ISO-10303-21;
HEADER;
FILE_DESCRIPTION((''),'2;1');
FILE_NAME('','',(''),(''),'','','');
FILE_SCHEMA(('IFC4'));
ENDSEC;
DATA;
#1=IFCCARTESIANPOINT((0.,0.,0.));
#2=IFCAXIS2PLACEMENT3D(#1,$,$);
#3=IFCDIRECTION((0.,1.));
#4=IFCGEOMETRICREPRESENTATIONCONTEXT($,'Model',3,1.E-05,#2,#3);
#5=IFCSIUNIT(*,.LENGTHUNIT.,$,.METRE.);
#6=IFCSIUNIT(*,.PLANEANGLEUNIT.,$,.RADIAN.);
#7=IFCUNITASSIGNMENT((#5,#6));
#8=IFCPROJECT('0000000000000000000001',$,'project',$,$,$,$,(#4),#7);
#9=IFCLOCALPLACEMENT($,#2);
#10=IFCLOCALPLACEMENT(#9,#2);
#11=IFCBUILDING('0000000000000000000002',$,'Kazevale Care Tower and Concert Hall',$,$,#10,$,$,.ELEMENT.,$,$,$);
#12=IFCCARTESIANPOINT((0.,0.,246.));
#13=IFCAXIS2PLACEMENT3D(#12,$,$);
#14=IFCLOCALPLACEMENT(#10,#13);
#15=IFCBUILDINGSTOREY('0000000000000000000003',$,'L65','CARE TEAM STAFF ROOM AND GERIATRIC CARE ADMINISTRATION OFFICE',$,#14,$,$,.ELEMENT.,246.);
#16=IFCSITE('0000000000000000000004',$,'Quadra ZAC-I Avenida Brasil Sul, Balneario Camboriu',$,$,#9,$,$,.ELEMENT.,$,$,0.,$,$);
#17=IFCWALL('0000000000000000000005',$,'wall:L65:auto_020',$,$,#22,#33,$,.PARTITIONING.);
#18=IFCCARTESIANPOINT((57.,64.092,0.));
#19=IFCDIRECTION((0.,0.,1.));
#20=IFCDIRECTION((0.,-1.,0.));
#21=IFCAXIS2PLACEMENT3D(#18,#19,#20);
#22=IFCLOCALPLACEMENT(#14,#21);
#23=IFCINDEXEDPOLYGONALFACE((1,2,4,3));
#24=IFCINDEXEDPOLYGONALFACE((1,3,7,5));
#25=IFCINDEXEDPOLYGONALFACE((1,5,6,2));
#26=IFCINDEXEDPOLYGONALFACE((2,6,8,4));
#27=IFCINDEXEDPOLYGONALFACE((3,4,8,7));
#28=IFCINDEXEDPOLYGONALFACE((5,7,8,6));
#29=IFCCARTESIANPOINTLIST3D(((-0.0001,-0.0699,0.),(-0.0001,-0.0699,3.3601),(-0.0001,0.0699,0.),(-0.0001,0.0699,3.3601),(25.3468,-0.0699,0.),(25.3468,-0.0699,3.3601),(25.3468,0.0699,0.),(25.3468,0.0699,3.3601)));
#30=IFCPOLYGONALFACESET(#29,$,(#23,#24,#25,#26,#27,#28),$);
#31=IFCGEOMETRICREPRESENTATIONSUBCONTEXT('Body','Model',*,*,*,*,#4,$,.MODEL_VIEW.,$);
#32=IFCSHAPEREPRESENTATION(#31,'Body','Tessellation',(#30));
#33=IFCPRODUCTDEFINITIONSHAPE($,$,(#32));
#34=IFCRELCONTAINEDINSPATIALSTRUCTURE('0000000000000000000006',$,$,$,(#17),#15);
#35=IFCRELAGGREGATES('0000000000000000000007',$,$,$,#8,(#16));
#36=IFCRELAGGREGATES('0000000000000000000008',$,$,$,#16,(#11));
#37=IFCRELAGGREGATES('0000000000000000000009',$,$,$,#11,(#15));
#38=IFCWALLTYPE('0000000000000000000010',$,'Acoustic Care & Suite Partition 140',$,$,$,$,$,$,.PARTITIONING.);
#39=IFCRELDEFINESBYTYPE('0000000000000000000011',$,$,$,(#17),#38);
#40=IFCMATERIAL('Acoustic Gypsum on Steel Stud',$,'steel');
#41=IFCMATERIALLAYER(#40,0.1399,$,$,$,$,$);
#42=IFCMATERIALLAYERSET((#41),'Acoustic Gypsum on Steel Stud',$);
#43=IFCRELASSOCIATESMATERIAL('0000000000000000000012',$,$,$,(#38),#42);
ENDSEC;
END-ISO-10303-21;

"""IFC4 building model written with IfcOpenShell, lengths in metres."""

from ifc_helpers import new_model, si_unit, direction, frame, frame_2d, origin, place, context, subcontext, project, spatial, rectangle, extrude, material, layer, layer_set, type_object, element, save


model = new_model("IFC4")

# Units and contexts
model_context = context("Model", 3, precision=1e-05, world=origin(), true_north=direction((0.0, 1.0)))
body_context = subcontext(model_context, "Body", "Model", "MODEL_VIEW")
ifc_project = project(units=[si_unit("LENGTHUNIT", "METRE"), si_unit("PLANEANGLEUNIT", "RADIAN")], contexts=[model_context])

# Site, building, storey
site_placement = place(None, origin())
site = spatial("IfcSite", under=ifc_project, at=site_placement, Name="Quadra ZAC-I Avenida Brasil Sul, Balneario Camboriu", CompositionType="ELEMENT", RefElevation=0.0)
building_placement = place(site_placement, origin())
building = spatial("IfcBuilding", under=site, at=building_placement, Name="Kazevale Care Tower and Concert Hall", CompositionType="ELEMENT")
storey_placement = place(building_placement, frame((0.0, 0.0, 246.0)))
storey = spatial("IfcBuildingStorey", under=building, at=storey_placement, Name="L65", Description="CARE TEAM STAFF ROOM AND GERIATRIC CARE ADMINISTRATION OFFICE", CompositionType="ELEMENT", Elevation=246.0)

# Wall
ifc_material_1 = material(Name="Acoustic Gypsum on Steel Stud", Category="steel")
ifc_layer_1 = layer(ifc_material_1, 0.1399)
ifc_layer_set_1 = layer_set([ifc_layer_1], Name="Acoustic Gypsum on Steel Stud")
wall_type_1 = type_object("IfcWallType", Name="Acoustic Care & Suite Partition 140", PredefinedType="PARTITIONING", material=ifc_layer_set_1)
wall_1_placement = place(storey_placement, frame((57.0, 64.092, 0.0), z_axis=(0.0, 0.0, 1.0), x_axis=(0.0, -1.0, 0.0)))
element("IfcWall", 1, at=wall_1_placement, inside=storey, type_object=wall_type_1, Name="wall:L65:auto_020", PredefinedType="PARTITIONING", context=body_context, shape_type="SweptSolid", body=[
    extrude(rectangle(XDim=25.3469, YDim=0.1399, at=frame_2d((12.6733, 0.0))), origin(), (0.0, 0.0, 1.0), 3.3601),
])

save(model, "model.ifc")
